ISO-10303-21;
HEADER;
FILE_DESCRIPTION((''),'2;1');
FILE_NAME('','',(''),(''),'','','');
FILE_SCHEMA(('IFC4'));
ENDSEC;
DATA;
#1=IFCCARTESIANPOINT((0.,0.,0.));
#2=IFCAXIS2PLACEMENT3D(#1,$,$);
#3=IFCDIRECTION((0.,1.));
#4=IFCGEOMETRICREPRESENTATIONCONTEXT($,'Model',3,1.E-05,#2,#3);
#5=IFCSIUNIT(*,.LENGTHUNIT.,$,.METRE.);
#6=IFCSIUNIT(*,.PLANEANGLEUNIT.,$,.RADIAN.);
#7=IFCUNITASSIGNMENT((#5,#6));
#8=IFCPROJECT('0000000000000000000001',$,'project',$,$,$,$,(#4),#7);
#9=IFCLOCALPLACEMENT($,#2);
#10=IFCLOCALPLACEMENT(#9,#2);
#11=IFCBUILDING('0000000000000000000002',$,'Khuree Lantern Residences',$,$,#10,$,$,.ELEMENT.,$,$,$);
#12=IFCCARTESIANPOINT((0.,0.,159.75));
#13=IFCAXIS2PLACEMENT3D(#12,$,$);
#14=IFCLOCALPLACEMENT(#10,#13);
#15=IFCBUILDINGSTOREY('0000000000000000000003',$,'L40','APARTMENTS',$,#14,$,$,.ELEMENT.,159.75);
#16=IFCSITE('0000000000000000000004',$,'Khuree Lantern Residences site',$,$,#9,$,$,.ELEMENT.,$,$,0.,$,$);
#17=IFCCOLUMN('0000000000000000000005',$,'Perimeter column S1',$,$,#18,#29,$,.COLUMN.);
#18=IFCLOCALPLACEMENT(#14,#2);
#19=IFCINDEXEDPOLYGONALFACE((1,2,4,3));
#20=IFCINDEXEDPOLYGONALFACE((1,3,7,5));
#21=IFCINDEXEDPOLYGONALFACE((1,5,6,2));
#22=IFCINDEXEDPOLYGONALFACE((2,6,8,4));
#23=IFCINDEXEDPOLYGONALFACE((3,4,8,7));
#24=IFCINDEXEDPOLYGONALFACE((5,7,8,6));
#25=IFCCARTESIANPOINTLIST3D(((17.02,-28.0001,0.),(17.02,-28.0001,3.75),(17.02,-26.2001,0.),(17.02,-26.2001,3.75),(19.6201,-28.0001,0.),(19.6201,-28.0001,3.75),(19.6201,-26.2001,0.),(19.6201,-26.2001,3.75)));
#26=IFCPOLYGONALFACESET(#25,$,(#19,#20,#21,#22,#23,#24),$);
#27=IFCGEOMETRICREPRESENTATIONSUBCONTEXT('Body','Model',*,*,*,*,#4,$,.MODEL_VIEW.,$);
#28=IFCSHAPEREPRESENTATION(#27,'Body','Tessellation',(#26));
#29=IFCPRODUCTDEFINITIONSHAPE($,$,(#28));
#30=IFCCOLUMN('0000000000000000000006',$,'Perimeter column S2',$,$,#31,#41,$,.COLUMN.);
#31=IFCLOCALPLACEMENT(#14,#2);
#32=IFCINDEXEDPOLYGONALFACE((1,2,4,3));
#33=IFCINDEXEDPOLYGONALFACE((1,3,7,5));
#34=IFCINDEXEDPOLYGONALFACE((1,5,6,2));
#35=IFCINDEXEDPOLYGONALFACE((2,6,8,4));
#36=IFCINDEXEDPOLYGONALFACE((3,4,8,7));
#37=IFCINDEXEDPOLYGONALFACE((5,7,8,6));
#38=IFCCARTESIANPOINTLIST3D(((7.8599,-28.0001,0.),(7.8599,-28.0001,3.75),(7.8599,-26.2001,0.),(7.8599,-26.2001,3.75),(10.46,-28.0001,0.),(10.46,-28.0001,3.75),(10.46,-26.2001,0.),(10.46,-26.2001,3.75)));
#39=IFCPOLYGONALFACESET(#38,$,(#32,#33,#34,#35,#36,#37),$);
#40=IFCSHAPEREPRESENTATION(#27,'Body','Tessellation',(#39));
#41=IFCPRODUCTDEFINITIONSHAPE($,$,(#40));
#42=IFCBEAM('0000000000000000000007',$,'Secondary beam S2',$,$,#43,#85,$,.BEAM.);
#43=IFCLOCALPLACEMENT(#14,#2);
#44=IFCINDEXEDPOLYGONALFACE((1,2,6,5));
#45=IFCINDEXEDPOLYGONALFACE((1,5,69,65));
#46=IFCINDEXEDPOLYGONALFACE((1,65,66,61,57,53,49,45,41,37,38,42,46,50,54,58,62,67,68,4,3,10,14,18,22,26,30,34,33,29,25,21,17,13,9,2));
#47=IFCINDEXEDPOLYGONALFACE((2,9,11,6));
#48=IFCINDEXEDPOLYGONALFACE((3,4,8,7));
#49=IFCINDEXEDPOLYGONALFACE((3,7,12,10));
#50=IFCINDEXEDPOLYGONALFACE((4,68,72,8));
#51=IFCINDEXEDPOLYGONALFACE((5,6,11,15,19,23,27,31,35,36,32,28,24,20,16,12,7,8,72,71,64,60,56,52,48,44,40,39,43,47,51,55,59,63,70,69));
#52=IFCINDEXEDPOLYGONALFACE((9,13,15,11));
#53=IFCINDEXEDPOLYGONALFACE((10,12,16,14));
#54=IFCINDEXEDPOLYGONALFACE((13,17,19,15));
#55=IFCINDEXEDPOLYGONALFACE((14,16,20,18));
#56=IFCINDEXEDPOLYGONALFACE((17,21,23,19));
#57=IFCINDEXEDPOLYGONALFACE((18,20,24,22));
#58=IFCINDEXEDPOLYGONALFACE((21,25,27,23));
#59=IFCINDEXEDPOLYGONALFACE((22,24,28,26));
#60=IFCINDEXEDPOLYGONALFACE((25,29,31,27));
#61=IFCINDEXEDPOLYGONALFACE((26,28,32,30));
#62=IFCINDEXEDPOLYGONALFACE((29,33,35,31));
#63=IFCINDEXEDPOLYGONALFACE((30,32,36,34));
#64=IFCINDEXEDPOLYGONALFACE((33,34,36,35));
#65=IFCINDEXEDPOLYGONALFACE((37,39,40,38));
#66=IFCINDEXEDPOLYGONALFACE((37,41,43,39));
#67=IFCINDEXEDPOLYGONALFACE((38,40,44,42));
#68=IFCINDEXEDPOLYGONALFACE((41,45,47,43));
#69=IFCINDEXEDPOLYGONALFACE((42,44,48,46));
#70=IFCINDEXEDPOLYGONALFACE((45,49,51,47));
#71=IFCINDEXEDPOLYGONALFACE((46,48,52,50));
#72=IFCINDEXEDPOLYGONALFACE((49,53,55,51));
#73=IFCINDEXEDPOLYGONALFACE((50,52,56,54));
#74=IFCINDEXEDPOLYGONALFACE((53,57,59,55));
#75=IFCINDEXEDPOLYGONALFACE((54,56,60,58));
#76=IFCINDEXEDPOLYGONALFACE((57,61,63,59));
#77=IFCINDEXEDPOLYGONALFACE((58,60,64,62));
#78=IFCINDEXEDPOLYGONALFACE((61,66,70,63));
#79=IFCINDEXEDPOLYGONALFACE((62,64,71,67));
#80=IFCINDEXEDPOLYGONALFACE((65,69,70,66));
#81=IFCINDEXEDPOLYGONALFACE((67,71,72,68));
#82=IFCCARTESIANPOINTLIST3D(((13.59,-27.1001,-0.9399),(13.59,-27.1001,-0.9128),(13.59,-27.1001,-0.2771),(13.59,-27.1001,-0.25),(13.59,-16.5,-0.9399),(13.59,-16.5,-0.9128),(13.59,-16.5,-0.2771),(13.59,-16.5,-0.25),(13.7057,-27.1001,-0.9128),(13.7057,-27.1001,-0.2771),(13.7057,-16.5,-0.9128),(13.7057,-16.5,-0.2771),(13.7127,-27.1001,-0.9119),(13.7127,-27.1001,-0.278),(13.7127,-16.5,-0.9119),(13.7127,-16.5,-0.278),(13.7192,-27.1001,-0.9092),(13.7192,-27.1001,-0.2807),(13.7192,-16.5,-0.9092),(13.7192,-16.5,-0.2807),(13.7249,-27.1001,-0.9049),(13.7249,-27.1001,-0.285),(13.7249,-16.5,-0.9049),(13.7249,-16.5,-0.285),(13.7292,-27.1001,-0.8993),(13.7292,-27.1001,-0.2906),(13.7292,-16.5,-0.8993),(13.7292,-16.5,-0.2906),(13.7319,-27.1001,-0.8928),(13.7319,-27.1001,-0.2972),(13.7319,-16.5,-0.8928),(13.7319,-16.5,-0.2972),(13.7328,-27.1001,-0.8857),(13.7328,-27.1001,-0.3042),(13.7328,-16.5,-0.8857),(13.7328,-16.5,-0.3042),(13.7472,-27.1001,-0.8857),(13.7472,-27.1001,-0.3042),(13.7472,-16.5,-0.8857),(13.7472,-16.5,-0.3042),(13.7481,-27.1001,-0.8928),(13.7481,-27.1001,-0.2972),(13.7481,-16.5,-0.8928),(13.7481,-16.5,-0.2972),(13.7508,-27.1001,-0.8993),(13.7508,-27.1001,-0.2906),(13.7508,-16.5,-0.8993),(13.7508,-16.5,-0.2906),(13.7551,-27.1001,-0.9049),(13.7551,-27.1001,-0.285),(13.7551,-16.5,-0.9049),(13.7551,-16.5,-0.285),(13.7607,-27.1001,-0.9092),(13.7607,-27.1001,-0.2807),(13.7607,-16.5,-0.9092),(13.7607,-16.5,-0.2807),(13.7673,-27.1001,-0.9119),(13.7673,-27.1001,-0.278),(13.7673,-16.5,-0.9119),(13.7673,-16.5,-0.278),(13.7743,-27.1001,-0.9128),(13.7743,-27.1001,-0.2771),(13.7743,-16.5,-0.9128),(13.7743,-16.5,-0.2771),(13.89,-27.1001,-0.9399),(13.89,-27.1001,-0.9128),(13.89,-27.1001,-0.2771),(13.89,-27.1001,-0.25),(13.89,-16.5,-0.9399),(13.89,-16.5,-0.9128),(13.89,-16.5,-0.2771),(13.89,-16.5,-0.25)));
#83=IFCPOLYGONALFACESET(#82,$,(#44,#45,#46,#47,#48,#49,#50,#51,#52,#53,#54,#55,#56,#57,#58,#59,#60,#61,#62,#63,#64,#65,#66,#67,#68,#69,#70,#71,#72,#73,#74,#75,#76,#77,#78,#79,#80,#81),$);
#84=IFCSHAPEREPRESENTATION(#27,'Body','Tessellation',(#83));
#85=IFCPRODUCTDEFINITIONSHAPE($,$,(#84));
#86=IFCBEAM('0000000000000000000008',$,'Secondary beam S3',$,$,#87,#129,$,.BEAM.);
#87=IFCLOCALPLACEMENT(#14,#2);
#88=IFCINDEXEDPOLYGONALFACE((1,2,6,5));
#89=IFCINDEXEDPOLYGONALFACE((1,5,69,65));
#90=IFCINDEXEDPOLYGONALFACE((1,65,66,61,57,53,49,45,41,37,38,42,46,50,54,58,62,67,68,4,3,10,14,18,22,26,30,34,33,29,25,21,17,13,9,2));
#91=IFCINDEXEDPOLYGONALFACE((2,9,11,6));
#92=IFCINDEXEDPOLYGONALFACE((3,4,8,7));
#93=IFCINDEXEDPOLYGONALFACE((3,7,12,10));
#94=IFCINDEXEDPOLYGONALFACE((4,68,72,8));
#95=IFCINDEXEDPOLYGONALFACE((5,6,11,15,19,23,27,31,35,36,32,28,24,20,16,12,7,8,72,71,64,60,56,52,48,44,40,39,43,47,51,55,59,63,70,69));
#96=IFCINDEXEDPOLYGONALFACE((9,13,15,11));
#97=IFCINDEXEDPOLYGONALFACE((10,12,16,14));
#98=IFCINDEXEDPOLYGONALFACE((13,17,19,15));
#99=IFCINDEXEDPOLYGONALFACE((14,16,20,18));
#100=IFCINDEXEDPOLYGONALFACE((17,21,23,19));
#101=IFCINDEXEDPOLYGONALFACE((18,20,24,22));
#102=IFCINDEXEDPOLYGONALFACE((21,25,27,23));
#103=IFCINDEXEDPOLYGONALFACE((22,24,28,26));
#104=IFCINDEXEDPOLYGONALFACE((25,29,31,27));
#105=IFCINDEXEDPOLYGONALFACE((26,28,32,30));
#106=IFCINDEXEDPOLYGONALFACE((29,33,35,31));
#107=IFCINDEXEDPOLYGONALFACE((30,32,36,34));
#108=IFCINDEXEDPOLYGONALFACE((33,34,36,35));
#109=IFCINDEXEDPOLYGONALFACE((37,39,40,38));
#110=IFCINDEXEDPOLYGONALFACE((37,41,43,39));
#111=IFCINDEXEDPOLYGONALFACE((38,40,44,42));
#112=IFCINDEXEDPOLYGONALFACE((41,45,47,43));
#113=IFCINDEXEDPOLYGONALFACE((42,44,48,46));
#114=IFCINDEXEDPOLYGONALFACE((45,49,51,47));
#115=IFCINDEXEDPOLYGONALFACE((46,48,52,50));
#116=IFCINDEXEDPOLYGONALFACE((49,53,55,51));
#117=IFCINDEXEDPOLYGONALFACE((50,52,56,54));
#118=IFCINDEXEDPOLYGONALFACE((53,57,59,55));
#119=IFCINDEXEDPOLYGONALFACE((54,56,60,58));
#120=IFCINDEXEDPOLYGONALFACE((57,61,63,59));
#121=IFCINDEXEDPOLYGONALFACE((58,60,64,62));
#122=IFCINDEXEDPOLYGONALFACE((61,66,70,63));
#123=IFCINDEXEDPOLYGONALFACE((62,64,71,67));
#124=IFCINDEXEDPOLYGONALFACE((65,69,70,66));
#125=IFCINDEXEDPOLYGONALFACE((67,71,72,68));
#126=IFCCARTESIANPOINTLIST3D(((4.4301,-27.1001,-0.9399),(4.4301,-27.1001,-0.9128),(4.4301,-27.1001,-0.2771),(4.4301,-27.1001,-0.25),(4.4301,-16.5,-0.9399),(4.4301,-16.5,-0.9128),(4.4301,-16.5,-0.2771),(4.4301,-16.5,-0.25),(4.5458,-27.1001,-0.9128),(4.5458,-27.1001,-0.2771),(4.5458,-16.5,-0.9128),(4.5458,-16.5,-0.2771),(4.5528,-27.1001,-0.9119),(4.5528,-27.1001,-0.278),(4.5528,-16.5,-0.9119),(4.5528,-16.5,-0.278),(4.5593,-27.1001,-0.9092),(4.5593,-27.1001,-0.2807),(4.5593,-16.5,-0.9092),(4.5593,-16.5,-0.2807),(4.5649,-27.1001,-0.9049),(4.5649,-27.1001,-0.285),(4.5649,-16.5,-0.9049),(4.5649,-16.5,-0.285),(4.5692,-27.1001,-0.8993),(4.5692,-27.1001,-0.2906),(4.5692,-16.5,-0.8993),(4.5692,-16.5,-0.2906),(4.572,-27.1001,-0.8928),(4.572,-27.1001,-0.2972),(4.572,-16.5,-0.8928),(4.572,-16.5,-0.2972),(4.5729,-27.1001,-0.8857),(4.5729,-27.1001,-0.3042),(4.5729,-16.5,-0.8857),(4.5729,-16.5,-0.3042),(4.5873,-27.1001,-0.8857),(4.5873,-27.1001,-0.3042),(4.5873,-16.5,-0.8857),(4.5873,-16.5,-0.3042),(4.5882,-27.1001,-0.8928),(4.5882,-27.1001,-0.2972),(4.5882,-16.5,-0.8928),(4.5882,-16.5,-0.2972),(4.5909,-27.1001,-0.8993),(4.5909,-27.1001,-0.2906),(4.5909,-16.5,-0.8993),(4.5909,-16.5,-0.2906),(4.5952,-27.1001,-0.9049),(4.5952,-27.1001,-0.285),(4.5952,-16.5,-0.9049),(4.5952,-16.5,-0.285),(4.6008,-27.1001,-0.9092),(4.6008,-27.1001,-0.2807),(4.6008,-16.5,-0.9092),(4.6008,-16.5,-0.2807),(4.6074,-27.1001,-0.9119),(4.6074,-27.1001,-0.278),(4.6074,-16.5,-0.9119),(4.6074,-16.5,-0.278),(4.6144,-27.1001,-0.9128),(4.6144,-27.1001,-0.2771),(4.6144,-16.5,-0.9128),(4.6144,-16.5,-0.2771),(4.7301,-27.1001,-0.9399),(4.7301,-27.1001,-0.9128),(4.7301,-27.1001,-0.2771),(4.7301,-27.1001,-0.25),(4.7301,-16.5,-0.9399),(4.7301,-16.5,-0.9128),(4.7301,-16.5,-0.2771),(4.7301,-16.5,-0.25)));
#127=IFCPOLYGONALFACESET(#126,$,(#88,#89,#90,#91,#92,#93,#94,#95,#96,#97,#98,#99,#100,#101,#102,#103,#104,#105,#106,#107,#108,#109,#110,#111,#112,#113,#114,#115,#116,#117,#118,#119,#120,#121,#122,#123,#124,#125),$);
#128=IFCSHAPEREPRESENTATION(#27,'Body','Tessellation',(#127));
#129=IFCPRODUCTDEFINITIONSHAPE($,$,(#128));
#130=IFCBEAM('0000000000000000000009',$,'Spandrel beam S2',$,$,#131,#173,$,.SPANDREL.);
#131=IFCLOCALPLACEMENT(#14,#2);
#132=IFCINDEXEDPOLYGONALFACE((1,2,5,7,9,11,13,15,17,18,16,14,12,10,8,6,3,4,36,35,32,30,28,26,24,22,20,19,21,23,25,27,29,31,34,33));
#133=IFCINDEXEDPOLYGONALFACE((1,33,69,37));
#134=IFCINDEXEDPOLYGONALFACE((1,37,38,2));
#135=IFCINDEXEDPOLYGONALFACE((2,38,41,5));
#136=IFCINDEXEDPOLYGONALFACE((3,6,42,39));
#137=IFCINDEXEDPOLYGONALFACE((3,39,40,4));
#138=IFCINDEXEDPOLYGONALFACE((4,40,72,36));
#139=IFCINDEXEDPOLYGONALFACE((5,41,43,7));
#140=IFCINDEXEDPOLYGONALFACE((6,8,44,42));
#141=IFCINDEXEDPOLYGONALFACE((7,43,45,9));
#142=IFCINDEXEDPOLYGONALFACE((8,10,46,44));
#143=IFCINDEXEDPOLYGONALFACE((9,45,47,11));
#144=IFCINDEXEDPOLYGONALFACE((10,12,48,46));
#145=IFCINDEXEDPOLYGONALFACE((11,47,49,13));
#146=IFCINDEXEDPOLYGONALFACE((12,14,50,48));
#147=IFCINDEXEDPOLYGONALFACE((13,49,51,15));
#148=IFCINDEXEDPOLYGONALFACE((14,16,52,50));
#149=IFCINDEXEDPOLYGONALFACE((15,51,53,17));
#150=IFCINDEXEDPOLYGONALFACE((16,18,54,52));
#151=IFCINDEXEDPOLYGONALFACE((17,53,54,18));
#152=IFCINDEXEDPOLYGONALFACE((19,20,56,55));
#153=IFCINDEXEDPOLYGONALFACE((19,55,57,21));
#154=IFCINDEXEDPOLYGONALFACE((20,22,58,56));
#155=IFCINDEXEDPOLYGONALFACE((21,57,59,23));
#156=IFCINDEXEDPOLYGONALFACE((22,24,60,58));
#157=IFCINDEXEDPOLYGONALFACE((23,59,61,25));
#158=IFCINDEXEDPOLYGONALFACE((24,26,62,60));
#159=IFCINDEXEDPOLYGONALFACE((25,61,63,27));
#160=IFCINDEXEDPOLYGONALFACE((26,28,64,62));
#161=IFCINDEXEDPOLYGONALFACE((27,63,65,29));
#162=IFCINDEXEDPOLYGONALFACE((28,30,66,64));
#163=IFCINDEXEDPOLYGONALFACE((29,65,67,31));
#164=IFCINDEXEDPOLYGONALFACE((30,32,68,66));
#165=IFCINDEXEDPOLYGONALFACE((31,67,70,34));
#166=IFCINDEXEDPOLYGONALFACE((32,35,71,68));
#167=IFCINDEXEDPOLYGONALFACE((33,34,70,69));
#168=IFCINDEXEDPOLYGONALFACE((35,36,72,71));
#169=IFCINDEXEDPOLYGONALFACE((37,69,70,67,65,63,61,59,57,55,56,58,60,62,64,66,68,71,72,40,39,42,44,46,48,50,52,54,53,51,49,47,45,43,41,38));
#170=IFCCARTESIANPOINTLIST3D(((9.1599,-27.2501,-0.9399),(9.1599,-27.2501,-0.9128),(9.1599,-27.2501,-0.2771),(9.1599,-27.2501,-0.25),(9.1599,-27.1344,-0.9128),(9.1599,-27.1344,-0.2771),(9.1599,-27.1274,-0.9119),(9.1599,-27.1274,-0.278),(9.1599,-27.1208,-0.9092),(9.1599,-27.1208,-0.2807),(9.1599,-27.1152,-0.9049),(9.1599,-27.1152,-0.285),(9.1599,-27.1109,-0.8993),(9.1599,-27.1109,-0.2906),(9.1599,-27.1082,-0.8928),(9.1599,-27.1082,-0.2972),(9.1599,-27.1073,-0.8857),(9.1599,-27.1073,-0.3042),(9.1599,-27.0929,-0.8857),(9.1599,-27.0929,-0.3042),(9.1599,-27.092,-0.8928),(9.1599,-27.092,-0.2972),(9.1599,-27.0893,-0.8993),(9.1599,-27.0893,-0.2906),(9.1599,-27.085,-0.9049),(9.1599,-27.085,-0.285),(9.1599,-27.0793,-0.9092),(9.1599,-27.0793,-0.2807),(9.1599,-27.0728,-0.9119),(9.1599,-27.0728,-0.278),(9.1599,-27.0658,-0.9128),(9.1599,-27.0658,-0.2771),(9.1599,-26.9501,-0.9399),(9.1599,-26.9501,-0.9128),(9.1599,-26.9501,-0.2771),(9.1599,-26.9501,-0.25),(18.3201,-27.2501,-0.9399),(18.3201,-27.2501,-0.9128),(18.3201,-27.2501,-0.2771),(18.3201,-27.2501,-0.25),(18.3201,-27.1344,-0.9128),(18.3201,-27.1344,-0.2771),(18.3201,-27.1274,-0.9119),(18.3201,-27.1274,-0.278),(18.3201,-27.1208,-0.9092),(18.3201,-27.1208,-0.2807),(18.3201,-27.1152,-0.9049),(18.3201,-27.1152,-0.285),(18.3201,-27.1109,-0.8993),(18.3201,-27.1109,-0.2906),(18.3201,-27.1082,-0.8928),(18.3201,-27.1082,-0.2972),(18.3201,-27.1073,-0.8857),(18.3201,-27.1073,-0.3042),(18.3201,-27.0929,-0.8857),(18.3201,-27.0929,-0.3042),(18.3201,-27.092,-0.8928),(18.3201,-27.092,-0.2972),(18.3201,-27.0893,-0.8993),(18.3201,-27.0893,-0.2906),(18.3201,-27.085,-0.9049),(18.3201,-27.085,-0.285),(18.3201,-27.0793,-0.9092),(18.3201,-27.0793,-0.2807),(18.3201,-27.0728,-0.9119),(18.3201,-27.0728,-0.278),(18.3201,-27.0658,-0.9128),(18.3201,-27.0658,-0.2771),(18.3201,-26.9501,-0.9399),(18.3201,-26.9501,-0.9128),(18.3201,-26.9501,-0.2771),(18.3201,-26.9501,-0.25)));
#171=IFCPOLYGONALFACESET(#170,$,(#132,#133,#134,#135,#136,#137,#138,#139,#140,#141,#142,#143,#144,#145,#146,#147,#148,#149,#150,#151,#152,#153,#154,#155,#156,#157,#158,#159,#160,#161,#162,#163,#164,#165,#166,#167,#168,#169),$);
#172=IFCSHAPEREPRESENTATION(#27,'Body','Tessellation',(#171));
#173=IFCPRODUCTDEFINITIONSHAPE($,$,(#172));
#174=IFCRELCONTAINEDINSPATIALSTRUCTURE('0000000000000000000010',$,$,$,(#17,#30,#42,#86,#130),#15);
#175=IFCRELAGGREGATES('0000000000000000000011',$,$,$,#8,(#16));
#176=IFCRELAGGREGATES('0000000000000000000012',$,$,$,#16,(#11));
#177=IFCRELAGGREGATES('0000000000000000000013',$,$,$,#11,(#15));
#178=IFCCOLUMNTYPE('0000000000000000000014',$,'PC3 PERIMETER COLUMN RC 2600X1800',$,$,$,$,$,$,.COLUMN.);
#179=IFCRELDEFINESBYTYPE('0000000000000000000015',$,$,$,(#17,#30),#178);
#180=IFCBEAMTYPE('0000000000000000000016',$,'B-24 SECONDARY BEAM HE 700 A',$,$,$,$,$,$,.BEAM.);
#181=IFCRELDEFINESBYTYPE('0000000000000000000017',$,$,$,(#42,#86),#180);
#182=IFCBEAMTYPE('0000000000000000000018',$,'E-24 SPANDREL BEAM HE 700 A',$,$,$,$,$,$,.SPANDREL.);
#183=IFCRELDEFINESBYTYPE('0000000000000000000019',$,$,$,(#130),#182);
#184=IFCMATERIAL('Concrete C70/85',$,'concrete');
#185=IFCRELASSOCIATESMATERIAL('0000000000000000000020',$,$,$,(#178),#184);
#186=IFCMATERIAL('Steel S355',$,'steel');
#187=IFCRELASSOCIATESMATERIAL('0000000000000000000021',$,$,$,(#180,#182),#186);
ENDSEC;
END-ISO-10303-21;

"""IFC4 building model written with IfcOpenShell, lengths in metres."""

from ifc_helpers import new_model, si_unit, direction, frame, origin, origin_2d, place, context, subcontext, project, spatial, rectangle, i_section, extrude, material, material_profile, profile_set, type_object, element, save


model = new_model("IFC4")

# Units and contexts
model_context = context("Model", 3, precision=1e-05, world=origin(), true_north=direction((0.0, 1.0)))
body_context = subcontext(model_context, "Body", "Model", "MODEL_VIEW")
ifc_project = project(units=[si_unit("LENGTHUNIT", "METRE"), si_unit("PLANEANGLEUNIT", "RADIAN")], contexts=[model_context])

# Site, building, storey
site_placement = place(None, origin())
site = spatial("IfcSite", under=ifc_project, at=site_placement, Name="Khuree Lantern Residences site", CompositionType="ELEMENT", RefElevation=0.0)
building_placement = place(site_placement, origin())
building = spatial("IfcBuilding", under=site, at=building_placement, Name="Khuree Lantern Residences", CompositionType="ELEMENT")
storey_placement = place(building_placement, frame((0.0, 0.0, 159.75)))
storey = spatial("IfcBuildingStorey", under=building, at=storey_placement, Name="L40", Description="APARTMENTS", CompositionType="ELEMENT", Elevation=159.75)

# Columns
ifc_material_1 = material(Name="Concrete C70/85", Category="concrete")
ifc_material_profile_1 = material_profile(ifc_material_1, rectangle(XDim=2.6001, YDim=1.8, at=origin_2d()), Name="RC 2600X1800")
ifc_profile_set_1 = profile_set([ifc_material_profile_1], Name="Concrete C70/85")
column_type = type_object("IfcColumnType", Name="PC3 PERIMETER COLUMN RC 2600X1800", PredefinedType="COLUMN", material=ifc_profile_set_1)
for number, where, z_axis, x_axis, name in (
    (1, (18.3201, -27.1001, 0.0), (0.0, 0.0, 1.0), (1.0, 0.0, 0.0), "Perimeter column S1"),
    (2, (9.1599, -27.1001, 0.0), (0.0, 0.0, 1.0), (1.0, 0.0, 0.0), "Perimeter column S2"),
):
    element("IfcColumn", number, at=place(storey_placement, frame(where, z_axis=z_axis, x_axis=x_axis)), inside=storey, type_object=column_type, Name=name, PredefinedType="COLUMN", context=body_context, shape_type="SweptSolid", body=[
        extrude(rectangle(XDim=2.6001, YDim=1.8, at=origin_2d()), origin(), (0.0, 0.0, 1.0), 3.75),
    ])

# Beams
ifc_material_2 = material(Name="Steel S355", Category="steel")
ifc_material_profile_2 = material_profile(ifc_material_2, i_section(OverallWidth=0.3, OverallDepth=0.6899, WebThickness=0.0144, FlangeThickness=0.0271, FilletRadius=0.0271, at=origin_2d()), Name="HE 700 A")
ifc_profile_set_2 = profile_set([ifc_material_profile_2], Name="Steel S355")
beam_type_1 = type_object("IfcBeamType", Name="B-24 SECONDARY BEAM HE 700 A", PredefinedType="BEAM", material=ifc_profile_set_2)
for number, where, z_axis, x_axis, name in (
    (3, (13.74, -27.1001, -0.595), (0.0, 1.0, 0.0), (-1.0, 0.0, 0.0), "Secondary beam S2"),
    (4, (4.5801, -27.1001, -0.595), (0.0, 1.0, 0.0), (-1.0, 0.0, 0.0), "Secondary beam S3"),
):
    element("IfcBeam", number, at=place(storey_placement, frame(where, z_axis=z_axis, x_axis=x_axis)), inside=storey, type_object=beam_type_1, Name=name, PredefinedType="BEAM", context=body_context, shape_type="SweptSolid", body=[
        extrude(i_section(OverallWidth=0.3, OverallDepth=0.6899, WebThickness=0.0144, FlangeThickness=0.0271, FilletRadius=0.0271, at=origin_2d()), origin(), (0.0, 0.0, 1.0), 10.6001),
    ])
ifc_material_profile_3 = material_profile(ifc_material_2, i_section(OverallWidth=0.3, OverallDepth=0.6899, WebThickness=0.0144, FlangeThickness=0.0271, FilletRadius=0.0271, at=origin_2d()), Name="HE 700 A")
ifc_profile_set_3 = profile_set([ifc_material_profile_3], Name="Steel S355")
beam_type_2 = type_object("IfcBeamType", Name="E-24 SPANDREL BEAM HE 700 A", PredefinedType="SPANDREL", material=ifc_profile_set_3)
beam_1_placement = place(storey_placement, frame((18.3201, -27.1001, -0.595), z_axis=(-1.0, 0.0, 0.0), x_axis=(0.0, -1.0, 0.0)))
element("IfcBeam", 5, at=beam_1_placement, inside=storey, type_object=beam_type_2, Name="Spandrel beam S2", PredefinedType="SPANDREL", context=body_context, shape_type="SweptSolid", body=[
    extrude(i_section(OverallWidth=0.3, OverallDepth=0.6899, WebThickness=0.0144, FlangeThickness=0.0271, FilletRadius=0.0271, at=origin_2d()), origin(), (0.0, 0.0, 1.0), 9.1602),
])

save(model, "model.ifc")
